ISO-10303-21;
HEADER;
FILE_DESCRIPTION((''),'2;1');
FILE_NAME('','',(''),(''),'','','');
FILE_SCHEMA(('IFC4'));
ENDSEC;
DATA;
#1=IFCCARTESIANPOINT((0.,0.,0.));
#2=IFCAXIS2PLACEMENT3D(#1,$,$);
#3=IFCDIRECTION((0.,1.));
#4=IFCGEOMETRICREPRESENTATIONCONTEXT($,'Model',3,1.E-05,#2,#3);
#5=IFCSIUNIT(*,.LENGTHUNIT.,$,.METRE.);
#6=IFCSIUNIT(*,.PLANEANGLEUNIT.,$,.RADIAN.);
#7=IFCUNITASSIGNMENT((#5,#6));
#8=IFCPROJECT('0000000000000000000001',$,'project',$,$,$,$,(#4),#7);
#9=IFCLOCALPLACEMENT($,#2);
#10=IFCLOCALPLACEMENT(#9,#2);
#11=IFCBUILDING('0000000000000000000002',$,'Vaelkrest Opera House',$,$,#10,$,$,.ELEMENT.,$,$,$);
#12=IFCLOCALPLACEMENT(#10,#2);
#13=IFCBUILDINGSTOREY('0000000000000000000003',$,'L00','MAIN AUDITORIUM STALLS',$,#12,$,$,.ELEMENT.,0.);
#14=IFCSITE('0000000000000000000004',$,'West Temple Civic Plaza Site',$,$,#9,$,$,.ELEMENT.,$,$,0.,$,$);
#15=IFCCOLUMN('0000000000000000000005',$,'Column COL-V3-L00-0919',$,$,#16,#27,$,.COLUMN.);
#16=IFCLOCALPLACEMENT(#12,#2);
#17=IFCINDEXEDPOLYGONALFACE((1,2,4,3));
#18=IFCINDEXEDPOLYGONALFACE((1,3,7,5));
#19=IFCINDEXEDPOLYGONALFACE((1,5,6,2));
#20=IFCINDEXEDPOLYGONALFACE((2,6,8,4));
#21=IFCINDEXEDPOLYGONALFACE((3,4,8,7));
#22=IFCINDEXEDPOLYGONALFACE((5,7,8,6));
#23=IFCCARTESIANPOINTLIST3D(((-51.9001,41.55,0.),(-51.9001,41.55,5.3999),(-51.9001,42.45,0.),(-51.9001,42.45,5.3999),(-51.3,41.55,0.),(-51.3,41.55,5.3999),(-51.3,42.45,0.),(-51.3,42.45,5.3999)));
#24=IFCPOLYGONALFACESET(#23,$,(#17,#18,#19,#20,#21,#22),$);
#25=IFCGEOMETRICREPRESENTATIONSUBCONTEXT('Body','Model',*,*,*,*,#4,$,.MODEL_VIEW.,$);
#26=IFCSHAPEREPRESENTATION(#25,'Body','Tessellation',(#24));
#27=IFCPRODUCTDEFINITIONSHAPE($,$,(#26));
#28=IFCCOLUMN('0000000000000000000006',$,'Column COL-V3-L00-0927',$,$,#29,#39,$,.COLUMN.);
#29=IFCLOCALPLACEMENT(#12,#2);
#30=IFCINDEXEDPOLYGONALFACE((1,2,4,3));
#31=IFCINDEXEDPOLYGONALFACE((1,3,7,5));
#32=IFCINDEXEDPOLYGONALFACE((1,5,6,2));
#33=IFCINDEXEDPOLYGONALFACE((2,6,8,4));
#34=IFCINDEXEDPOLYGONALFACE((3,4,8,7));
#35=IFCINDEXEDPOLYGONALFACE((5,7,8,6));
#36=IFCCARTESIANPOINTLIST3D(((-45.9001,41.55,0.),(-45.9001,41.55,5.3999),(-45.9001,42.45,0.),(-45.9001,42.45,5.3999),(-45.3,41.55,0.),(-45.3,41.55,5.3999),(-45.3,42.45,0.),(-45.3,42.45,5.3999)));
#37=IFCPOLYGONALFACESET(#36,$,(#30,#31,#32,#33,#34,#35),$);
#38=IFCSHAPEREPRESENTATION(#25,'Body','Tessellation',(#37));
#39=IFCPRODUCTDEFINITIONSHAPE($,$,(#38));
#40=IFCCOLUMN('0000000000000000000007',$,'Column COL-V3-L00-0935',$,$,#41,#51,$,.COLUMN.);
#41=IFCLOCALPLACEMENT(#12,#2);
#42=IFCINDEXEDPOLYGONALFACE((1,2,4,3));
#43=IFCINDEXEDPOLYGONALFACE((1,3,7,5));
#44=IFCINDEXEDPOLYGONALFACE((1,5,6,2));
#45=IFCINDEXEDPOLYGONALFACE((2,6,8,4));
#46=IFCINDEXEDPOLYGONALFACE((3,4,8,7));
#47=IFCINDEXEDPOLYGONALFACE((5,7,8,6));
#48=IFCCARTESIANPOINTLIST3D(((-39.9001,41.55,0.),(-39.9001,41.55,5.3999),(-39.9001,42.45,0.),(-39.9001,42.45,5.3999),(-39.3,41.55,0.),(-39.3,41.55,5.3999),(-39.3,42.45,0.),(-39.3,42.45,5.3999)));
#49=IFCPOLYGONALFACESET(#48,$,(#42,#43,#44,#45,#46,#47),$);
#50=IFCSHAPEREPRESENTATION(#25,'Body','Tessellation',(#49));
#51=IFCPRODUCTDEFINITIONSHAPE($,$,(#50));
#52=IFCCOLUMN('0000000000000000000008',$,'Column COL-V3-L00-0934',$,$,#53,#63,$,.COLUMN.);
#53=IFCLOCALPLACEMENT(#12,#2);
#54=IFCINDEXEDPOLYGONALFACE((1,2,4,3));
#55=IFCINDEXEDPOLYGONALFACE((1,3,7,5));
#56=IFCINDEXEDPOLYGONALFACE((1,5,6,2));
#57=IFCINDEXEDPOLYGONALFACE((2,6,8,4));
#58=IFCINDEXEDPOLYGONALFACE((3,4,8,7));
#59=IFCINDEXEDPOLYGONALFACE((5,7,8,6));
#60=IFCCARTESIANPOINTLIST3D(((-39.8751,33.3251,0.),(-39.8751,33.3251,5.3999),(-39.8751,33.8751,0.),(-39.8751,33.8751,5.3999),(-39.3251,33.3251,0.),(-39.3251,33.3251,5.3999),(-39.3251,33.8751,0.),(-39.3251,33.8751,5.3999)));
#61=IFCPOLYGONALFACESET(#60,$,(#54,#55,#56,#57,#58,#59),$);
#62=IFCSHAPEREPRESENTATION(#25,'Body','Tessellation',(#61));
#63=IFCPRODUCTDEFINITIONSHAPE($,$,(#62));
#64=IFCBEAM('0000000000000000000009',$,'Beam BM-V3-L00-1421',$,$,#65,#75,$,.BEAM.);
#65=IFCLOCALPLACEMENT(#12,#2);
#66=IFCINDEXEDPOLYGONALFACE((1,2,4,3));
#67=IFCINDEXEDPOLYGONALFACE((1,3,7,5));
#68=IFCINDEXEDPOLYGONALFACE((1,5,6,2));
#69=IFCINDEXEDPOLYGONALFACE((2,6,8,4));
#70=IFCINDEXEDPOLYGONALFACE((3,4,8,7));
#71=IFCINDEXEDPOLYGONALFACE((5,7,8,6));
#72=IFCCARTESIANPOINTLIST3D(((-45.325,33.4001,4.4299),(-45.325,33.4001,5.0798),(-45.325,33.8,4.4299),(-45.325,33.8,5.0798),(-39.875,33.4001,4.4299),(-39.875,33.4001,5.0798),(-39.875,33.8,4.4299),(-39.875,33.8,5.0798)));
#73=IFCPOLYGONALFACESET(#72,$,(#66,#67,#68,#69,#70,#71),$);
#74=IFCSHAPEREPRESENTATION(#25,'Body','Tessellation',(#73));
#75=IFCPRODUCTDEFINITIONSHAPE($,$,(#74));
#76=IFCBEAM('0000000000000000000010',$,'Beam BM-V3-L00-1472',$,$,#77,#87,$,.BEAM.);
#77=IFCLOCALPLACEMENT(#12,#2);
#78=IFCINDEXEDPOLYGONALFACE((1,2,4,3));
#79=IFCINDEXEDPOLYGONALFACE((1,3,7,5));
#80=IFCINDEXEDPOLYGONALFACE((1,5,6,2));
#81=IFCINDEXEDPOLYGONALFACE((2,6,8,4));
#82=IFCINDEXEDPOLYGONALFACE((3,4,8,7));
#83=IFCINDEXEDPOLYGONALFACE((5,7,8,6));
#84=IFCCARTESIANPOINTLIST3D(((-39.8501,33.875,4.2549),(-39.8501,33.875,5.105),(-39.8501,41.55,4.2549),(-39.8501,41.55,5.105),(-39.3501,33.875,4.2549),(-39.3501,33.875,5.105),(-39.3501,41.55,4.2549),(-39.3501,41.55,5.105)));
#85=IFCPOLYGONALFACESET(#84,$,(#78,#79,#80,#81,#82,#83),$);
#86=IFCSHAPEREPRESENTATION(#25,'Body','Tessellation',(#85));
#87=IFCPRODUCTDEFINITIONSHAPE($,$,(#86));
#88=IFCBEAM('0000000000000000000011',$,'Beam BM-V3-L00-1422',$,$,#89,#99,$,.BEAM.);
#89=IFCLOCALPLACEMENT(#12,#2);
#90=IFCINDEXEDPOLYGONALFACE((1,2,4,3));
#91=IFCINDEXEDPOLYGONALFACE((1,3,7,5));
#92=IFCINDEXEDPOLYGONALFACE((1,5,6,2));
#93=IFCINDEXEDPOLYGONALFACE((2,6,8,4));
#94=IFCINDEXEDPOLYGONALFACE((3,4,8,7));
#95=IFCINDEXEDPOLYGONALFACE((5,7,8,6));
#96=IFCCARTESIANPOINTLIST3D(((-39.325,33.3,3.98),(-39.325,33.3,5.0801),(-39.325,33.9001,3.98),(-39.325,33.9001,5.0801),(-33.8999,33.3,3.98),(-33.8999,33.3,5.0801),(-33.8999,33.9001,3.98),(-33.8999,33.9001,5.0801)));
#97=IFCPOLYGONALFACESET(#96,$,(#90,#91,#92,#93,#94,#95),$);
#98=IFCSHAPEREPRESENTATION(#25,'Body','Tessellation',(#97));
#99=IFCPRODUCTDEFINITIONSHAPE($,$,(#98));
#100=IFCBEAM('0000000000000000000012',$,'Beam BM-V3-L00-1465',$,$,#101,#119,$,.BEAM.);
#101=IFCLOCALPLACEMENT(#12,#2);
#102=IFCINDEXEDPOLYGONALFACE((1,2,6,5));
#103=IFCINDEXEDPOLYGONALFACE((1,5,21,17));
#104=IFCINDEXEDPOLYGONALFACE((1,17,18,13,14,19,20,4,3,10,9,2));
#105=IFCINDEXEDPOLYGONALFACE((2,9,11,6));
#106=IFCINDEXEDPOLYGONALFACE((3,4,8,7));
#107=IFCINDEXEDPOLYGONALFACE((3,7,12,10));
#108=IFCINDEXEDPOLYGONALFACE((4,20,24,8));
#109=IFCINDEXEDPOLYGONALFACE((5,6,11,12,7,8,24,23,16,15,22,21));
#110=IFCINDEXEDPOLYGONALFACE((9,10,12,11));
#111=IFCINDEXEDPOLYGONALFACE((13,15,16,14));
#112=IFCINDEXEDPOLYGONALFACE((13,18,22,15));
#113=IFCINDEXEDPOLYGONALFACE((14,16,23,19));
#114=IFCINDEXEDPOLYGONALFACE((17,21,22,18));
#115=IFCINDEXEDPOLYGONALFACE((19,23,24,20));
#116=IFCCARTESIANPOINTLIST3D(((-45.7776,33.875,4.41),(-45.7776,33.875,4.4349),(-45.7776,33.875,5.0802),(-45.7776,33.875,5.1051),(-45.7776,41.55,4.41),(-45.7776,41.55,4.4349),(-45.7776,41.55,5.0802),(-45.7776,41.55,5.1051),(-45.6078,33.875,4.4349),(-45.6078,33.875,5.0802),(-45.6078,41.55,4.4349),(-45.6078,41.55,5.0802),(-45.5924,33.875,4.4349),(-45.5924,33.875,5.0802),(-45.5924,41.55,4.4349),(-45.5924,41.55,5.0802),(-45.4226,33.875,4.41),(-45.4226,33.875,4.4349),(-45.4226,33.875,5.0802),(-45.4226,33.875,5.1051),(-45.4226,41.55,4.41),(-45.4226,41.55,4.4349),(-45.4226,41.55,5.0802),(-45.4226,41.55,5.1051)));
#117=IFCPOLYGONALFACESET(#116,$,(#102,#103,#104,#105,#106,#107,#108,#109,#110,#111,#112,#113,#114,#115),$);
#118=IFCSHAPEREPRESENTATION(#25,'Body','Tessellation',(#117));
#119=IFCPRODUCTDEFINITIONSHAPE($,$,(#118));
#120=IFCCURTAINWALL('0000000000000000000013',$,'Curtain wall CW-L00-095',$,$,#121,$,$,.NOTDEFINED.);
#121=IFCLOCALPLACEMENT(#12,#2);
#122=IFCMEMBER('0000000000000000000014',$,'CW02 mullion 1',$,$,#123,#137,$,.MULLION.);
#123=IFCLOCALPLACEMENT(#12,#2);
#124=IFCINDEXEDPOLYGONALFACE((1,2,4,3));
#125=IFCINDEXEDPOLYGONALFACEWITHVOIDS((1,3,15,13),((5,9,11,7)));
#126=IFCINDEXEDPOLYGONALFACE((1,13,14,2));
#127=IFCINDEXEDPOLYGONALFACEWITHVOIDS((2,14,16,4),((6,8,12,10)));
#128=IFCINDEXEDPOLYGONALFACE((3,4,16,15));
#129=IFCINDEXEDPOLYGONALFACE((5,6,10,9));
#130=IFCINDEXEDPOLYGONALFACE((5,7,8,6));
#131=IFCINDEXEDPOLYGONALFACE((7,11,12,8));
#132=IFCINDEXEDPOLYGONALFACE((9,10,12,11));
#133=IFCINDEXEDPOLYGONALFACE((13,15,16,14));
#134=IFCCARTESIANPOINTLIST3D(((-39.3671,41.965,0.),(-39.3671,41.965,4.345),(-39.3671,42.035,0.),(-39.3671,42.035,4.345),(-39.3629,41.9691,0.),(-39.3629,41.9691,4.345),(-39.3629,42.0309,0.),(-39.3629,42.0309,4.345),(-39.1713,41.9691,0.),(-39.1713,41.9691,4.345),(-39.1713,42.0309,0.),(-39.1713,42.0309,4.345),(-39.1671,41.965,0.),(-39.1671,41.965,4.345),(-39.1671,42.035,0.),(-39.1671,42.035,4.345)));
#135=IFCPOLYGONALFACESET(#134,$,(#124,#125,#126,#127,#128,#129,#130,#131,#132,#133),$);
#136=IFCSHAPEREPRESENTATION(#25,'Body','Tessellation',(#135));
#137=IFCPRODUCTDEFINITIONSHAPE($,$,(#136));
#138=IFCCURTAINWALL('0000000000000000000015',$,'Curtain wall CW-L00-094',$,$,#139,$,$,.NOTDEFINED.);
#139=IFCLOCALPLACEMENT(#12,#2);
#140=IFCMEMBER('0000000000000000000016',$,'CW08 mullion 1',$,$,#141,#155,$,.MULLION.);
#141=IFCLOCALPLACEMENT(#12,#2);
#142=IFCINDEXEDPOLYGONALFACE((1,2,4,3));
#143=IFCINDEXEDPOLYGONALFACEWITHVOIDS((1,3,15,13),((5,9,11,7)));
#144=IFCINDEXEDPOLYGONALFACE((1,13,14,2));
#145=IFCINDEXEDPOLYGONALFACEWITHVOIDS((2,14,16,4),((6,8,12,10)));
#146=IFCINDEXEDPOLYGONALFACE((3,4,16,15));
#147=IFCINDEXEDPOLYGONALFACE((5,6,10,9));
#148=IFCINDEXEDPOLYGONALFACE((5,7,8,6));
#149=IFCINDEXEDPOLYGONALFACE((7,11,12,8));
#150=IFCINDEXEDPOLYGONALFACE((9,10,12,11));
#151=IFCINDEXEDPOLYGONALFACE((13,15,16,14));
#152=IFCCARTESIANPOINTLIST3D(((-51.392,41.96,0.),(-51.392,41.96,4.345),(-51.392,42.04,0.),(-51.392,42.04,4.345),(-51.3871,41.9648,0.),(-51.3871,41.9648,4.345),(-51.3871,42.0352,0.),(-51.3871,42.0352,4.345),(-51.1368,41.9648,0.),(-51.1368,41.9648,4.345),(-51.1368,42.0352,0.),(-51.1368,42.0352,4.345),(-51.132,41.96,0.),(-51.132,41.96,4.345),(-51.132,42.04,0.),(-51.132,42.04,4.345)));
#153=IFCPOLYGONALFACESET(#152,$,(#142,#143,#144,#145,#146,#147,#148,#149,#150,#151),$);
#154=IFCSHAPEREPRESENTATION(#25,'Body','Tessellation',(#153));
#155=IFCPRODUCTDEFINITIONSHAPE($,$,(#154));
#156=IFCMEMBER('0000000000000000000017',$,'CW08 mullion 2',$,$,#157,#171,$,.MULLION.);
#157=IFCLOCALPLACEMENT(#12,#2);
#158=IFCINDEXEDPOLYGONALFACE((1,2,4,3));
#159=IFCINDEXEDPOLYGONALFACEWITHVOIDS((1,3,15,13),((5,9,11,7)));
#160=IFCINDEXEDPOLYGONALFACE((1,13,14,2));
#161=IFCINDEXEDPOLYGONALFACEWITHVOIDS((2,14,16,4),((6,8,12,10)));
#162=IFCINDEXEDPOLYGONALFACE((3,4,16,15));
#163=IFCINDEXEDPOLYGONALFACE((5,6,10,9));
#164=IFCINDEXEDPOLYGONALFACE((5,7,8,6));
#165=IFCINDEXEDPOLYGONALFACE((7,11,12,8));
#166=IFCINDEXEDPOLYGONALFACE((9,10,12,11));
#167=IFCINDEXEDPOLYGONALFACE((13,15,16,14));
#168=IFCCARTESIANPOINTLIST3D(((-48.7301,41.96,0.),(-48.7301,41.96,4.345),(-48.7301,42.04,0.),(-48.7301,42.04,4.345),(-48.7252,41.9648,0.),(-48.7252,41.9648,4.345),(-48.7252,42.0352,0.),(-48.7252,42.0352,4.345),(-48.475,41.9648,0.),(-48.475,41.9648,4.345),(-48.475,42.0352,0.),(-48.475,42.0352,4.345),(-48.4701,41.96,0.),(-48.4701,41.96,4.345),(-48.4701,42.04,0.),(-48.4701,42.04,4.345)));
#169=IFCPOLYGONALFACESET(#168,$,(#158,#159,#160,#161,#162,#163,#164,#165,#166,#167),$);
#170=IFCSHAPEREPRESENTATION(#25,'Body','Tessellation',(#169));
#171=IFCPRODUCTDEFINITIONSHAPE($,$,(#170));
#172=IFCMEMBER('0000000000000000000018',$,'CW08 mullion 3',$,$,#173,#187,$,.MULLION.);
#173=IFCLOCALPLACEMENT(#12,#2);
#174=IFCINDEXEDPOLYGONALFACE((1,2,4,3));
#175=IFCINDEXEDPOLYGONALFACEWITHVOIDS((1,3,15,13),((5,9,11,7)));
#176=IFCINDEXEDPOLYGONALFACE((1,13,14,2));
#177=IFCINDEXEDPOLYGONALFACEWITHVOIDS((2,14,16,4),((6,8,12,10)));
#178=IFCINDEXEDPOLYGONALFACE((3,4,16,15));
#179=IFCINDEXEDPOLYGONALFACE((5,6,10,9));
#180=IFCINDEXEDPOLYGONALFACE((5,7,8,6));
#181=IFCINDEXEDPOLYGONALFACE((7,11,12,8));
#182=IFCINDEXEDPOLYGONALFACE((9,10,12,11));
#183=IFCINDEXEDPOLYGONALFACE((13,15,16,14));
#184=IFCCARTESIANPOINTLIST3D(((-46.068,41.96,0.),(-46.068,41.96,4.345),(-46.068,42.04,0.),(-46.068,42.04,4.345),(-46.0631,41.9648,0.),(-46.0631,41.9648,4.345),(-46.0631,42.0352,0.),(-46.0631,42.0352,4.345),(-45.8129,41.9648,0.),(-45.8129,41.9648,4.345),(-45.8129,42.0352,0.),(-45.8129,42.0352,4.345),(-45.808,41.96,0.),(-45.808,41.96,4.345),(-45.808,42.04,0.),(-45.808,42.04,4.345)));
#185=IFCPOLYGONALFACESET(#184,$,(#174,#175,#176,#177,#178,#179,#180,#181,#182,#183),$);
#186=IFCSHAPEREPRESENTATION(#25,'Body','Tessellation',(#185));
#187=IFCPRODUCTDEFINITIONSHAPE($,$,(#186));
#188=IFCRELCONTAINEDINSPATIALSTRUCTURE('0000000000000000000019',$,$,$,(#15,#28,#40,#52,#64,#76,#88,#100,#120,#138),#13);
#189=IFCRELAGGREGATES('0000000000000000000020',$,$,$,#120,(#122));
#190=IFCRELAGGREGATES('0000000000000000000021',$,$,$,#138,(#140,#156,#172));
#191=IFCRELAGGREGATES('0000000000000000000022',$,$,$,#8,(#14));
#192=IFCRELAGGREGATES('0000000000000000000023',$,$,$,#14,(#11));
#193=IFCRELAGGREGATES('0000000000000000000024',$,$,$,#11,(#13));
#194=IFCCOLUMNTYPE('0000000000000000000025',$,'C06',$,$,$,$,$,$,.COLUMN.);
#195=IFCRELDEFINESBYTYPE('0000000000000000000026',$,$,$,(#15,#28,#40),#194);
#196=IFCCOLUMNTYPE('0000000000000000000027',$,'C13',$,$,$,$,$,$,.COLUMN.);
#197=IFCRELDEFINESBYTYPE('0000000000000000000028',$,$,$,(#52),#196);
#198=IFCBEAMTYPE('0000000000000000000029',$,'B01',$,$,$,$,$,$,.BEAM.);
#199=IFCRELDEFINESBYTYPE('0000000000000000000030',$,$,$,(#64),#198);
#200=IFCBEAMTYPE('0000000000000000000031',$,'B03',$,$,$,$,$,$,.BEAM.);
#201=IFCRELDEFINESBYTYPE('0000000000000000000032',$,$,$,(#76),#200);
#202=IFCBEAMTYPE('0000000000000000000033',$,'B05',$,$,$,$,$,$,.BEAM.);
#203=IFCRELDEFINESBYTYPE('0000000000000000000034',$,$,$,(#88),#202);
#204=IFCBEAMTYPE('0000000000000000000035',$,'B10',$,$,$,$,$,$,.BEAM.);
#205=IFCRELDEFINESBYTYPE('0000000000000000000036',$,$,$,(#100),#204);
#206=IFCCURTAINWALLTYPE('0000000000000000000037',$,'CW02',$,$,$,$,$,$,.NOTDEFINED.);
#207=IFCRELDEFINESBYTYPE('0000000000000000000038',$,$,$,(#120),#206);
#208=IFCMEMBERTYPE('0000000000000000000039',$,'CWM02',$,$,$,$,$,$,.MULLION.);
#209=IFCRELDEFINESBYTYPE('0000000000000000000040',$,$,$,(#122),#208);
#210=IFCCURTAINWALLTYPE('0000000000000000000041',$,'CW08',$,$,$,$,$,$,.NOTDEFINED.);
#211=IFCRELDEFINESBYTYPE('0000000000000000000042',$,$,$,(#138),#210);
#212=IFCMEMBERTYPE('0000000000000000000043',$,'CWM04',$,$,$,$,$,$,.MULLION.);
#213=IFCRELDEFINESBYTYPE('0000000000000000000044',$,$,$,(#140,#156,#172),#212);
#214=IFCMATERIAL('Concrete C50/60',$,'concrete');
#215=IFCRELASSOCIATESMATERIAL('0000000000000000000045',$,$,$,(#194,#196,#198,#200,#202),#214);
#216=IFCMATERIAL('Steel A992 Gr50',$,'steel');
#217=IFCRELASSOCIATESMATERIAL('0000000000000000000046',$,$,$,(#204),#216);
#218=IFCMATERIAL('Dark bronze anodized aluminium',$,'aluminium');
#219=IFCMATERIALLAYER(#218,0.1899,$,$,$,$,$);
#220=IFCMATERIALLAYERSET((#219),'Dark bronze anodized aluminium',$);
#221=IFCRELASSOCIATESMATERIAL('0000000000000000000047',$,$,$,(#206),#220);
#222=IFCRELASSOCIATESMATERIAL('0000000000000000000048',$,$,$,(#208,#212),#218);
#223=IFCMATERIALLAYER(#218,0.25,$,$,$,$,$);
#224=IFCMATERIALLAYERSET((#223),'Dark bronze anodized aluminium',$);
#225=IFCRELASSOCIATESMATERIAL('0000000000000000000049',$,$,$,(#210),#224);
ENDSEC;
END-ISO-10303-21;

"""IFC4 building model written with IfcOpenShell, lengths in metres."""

from ifc_helpers import new_model, si_unit, direction, frame, origin, origin_2d, place, context, subcontext, project, spatial, rectangle, hollow_rectangle, i_section, extrude, material, layer, layer_set, material_profile, profile_set, type_object, element, aggregate, save


model = new_model("IFC4")

# Units and contexts
model_context = context("Model", 3, precision=1e-05, world=origin(), true_north=direction((0.0, 1.0)))
body_context = subcontext(model_context, "Body", "Model", "MODEL_VIEW")
ifc_project = project(units=[si_unit("LENGTHUNIT", "METRE"), si_unit("PLANEANGLEUNIT", "RADIAN")], contexts=[model_context])

# Site, building, storey
site_placement = place(None, origin())
site = spatial("IfcSite", under=ifc_project, at=site_placement, Name="West Temple Civic Plaza Site", CompositionType="ELEMENT", RefElevation=0.0)
building_placement = place(site_placement, origin())
building = spatial("IfcBuilding", under=site, at=building_placement, Name="Vaelkrest Opera House", CompositionType="ELEMENT")
storey_placement = place(building_placement, origin())
storey = spatial("IfcBuildingStorey", under=building, at=storey_placement, Name="L00", Description="MAIN AUDITORIUM STALLS", CompositionType="ELEMENT", Elevation=0.0)

# Columns
ifc_material_1 = material(Name="Concrete C50/60", Category="concrete")
ifc_material_profile_1 = material_profile(ifc_material_1, rectangle(XDim=0.6001, YDim=0.8999, at=origin_2d()), Name="RC600X900")
ifc_profile_set_1 = profile_set([ifc_material_profile_1], Name="Concrete C50/60")
column_type_1 = type_object("IfcColumnType", Name="C06", PredefinedType="COLUMN", material=ifc_profile_set_1)
for number, where, z_axis, x_axis, name in (
    (1, (-51.6001, 42.0, 0.0), (0.0, 0.0, 1.0), (1.0, 0.0, 0.0), "Column COL-V3-L00-0919"),
    (2, (-45.6001, 42.0, 0.0), (0.0, 0.0, 1.0), (1.0, 0.0, 0.0), "Column COL-V3-L00-0927"),
    (3, (-39.6001, 42.0, 0.0), (0.0, 0.0, 1.0), (1.0, 0.0, 0.0), "Column COL-V3-L00-0935"),
):
    element("IfcColumn", number, at=place(storey_placement, frame(where, z_axis=z_axis, x_axis=x_axis)), inside=storey, type_object=column_type_1, Name=name, PredefinedType="COLUMN", context=body_context, shape_type="SweptSolid", body=[
        extrude(rectangle(XDim=0.6001, YDim=0.8999, at=origin_2d()), origin(), (0.0, 0.0, 1.0), 5.3999),
    ])
ifc_material_profile_2 = material_profile(ifc_material_1, rectangle(XDim=0.55, YDim=0.55, at=origin_2d()), Name="RC550X550")
ifc_profile_set_2 = profile_set([ifc_material_profile_2], Name="Concrete C50/60")
column_type_2 = type_object("IfcColumnType", Name="C13", PredefinedType="COLUMN", material=ifc_profile_set_2)
column_placement = place(storey_placement, frame((-39.6001, 33.6001, 0.0), z_axis=(0.0, 0.0, 1.0), x_axis=(1.0, 0.0, 0.0)))
element("IfcColumn", 4, at=column_placement, inside=storey, type_object=column_type_2, Name="Column COL-V3-L00-0934", PredefinedType="COLUMN", context=body_context, shape_type="SweptSolid", body=[
    extrude(rectangle(XDim=0.55, YDim=0.55, at=origin_2d()), origin(), (0.0, 0.0, 1.0), 5.3999),
])

# Beams
ifc_material_profile_3 = material_profile(ifc_material_1, rectangle(XDim=0.3999, YDim=0.6499, at=origin_2d()), Name="RCB400X650")
ifc_profile_set_3 = profile_set([ifc_material_profile_3], Name="Concrete C50/60")
beam_type_1 = type_object("IfcBeamType", Name="B01", PredefinedType="BEAM", material=ifc_profile_set_3)
beam_1_placement = place(storey_placement, frame((-45.325, 33.6001, 4.7549), z_axis=(1.0, 0.0, 0.0), x_axis=(0.0, 1.0, 0.0)))
element("IfcBeam", 5, at=beam_1_placement, inside=storey, type_object=beam_type_1, Name="Beam BM-V3-L00-1421", PredefinedType="BEAM", context=body_context, shape_type="SweptSolid", body=[
    extrude(rectangle(XDim=0.3999, YDim=0.6499, at=origin_2d()), origin(), (0.0, 0.0, 1.0), 5.45),
])
ifc_material_profile_4 = material_profile(ifc_material_1, rectangle(XDim=0.5, YDim=0.8501, at=origin_2d()), Name="RCB500X850")
ifc_profile_set_4 = profile_set([ifc_material_profile_4], Name="Concrete C50/60")
beam_type_2 = type_object("IfcBeamType", Name="B03", PredefinedType="BEAM", material=ifc_profile_set_4)
beam_2_placement = place(storey_placement, frame((-39.6001, 33.875, 4.6799), z_axis=(0.0, 1.0, 0.0), x_axis=(-1.0, 0.0, 0.0)))
element("IfcBeam", 6, at=beam_2_placement, inside=storey, type_object=beam_type_2, Name="Beam BM-V3-L00-1472", PredefinedType="BEAM", context=body_context, shape_type="SweptSolid", body=[
    extrude(rectangle(XDim=0.5, YDim=0.8501, at=origin_2d()), origin(), (0.0, 0.0, 1.0), 7.675),
])
ifc_material_profile_5 = material_profile(ifc_material_1, rectangle(XDim=0.6001, YDim=1.1001, at=origin_2d()), Name="RCB600X1100")
ifc_profile_set_5 = profile_set([ifc_material_profile_5], Name="Concrete C50/60")
beam_type_3 = type_object("IfcBeamType", Name="B05", PredefinedType="BEAM", material=ifc_profile_set_5)
beam_3_placement = place(storey_placement, frame((-39.325, 33.6001, 4.53), z_axis=(1.0, 0.0, 0.0), x_axis=(0.0, 1.0, 0.0)))
element("IfcBeam", 7, at=beam_3_placement, inside=storey, type_object=beam_type_3, Name="Beam BM-V3-L00-1422", PredefinedType="BEAM", context=body_context, shape_type="SweptSolid", body=[
    extrude(rectangle(XDim=0.6001, YDim=1.1001, at=origin_2d()), origin(), (0.0, 0.0, 1.0), 5.425),
])
ifc_material_2 = material(Name="Steel A992 Gr50", Category="steel")
ifc_material_profile_6 = material_profile(ifc_material_2, i_section(OverallWidth=0.355, OverallDepth=0.6951, WebThickness=0.0154, FlangeThickness=0.0249, at=origin_2d()), Name="W27X146")
ifc_profile_set_6 = profile_set([ifc_material_profile_6], Name="Steel A992 Gr50")
beam_type_4 = type_object("IfcBeamType", Name="B10", PredefinedType="BEAM", material=ifc_profile_set_6)
beam_4_placement = place(storey_placement, frame((-45.6001, 33.875, 4.7576), z_axis=(0.0, 1.0, 0.0), x_axis=(-1.0, 0.0, 0.0)))
element("IfcBeam", 8, at=beam_4_placement, inside=storey, type_object=beam_type_4, Name="Beam BM-V3-L00-1465", PredefinedType="BEAM", context=body_context, shape_type="SweptSolid", body=[
    extrude(i_section(OverallWidth=0.355, OverallDepth=0.6951, WebThickness=0.0154, FlangeThickness=0.0249, at=origin_2d()), origin(), (0.0, 0.0, 1.0), 7.675),
])

# Curtain wall, member
ifc_material_3 = material(Name="Dark bronze anodized aluminium", Category="aluminium")
ifc_layer_1 = layer(ifc_material_3, 0.1899)
ifc_layer_set_1 = layer_set([ifc_layer_1], Name="Dark bronze anodized aluminium")
curtain_wall_type_1 = type_object("IfcCurtainWallType", Name="CW02", PredefinedType="NOTDEFINED", material=ifc_layer_set_1)
curtain_wall_1_placement = place(storey_placement, origin())
curtain_wall_1 = element("IfcCurtainWall", 9, at=curtain_wall_1_placement, inside=storey, type_object=curtain_wall_type_1, Name="Curtain wall CW-L00-095", PredefinedType="NOTDEFINED")
ifc_material_profile_7 = material_profile(ifc_material_3, hollow_rectangle(XDim=0.0701, YDim=0.2, WallThickness=0.0042, at=origin_2d()), Name="CWM70X200")
ifc_profile_set_7 = profile_set([ifc_material_profile_7], Name="Dark bronze anodized aluminium")
member_type_1 = type_object("IfcMemberType", Name="CWM02", PredefinedType="MULLION", material=ifc_profile_set_7)
member_1_placement = place(storey_placement, frame((-39.2671, 42.0, 0.0), z_axis=(0.0, 0.0, 1.0), x_axis=(0.0, 1.0, 0.0)))
member_1 = element("IfcMember", 10, at=member_1_placement, type_object=member_type_1, Name="CW02 mullion 1", PredefinedType="MULLION", context=body_context, shape_type="SweptSolid", body=[
    extrude(hollow_rectangle(XDim=0.0701, YDim=0.2, WallThickness=0.0042, at=origin_2d()), origin(), (0.0, 0.0, 1.0), 4.345),
])

# Curtain wall, members
ifc_layer_2 = layer(ifc_material_3, 0.25)
ifc_layer_set_2 = layer_set([ifc_layer_2], Name="Dark bronze anodized aluminium")
curtain_wall_type_2 = type_object("IfcCurtainWallType", Name="CW08", PredefinedType="NOTDEFINED", material=ifc_layer_set_2)
curtain_wall_2_placement = place(storey_placement, origin())
curtain_wall_2 = element("IfcCurtainWall", 11, at=curtain_wall_2_placement, inside=storey, type_object=curtain_wall_type_2, Name="Curtain wall CW-L00-094", PredefinedType="NOTDEFINED")
ifc_material_profile_8 = material_profile(ifc_material_3, hollow_rectangle(XDim=0.0801, YDim=0.26, WallThickness=0.0049, at=origin_2d()), Name="CWM80X260")
ifc_profile_set_8 = profile_set([ifc_material_profile_8], Name="Dark bronze anodized aluminium")
member_type_2 = type_object("IfcMemberType", Name="CWM04", PredefinedType="MULLION", material=ifc_profile_set_8)
member_2_placement = place(storey_placement, frame((-51.262, 42.0, 0.0), z_axis=(0.0, 0.0, 1.0), x_axis=(0.0, 1.0, 0.0)))
member_2 = element("IfcMember", 12, at=member_2_placement, type_object=member_type_2, Name="CW08 mullion 1", PredefinedType="MULLION", context=body_context, shape_type="SweptSolid", body=[
    extrude(hollow_rectangle(XDim=0.0801, YDim=0.26, WallThickness=0.0049, at=origin_2d()), origin(), (0.0, 0.0, 1.0), 4.345),
])
member_3_placement = place(storey_placement, frame((-48.6001, 42.0, 0.0), z_axis=(0.0, 0.0, 1.0), x_axis=(0.0, 1.0, 0.0)))
member_3 = element("IfcMember", 13, at=member_3_placement, type_object=member_type_2, Name="CW08 mullion 2", PredefinedType="MULLION", context=body_context, shape_type="SweptSolid", body=[
    extrude(hollow_rectangle(XDim=0.0801, YDim=0.26, WallThickness=0.0049, at=origin_2d()), origin(), (0.0, 0.0, 1.0), 4.345),
])
member_4_placement = place(storey_placement, frame((-45.938, 42.0, 0.0), z_axis=(0.0, 0.0, 1.0), x_axis=(0.0, 1.0, 0.0)))
member_4 = element("IfcMember", 14, at=member_4_placement, type_object=member_type_2, Name="CW08 mullion 3", PredefinedType="MULLION", context=body_context, shape_type="SweptSolid", body=[
    extrude(hollow_rectangle(XDim=0.0801, YDim=0.26, WallThickness=0.0049, at=origin_2d()), origin(), (0.0, 0.0, 1.0), 4.345),
])

aggregate(curtain_wall_1, [member_1])

aggregate(curtain_wall_2, [member_2, member_3, member_4])

save(model, "model.ifc")
